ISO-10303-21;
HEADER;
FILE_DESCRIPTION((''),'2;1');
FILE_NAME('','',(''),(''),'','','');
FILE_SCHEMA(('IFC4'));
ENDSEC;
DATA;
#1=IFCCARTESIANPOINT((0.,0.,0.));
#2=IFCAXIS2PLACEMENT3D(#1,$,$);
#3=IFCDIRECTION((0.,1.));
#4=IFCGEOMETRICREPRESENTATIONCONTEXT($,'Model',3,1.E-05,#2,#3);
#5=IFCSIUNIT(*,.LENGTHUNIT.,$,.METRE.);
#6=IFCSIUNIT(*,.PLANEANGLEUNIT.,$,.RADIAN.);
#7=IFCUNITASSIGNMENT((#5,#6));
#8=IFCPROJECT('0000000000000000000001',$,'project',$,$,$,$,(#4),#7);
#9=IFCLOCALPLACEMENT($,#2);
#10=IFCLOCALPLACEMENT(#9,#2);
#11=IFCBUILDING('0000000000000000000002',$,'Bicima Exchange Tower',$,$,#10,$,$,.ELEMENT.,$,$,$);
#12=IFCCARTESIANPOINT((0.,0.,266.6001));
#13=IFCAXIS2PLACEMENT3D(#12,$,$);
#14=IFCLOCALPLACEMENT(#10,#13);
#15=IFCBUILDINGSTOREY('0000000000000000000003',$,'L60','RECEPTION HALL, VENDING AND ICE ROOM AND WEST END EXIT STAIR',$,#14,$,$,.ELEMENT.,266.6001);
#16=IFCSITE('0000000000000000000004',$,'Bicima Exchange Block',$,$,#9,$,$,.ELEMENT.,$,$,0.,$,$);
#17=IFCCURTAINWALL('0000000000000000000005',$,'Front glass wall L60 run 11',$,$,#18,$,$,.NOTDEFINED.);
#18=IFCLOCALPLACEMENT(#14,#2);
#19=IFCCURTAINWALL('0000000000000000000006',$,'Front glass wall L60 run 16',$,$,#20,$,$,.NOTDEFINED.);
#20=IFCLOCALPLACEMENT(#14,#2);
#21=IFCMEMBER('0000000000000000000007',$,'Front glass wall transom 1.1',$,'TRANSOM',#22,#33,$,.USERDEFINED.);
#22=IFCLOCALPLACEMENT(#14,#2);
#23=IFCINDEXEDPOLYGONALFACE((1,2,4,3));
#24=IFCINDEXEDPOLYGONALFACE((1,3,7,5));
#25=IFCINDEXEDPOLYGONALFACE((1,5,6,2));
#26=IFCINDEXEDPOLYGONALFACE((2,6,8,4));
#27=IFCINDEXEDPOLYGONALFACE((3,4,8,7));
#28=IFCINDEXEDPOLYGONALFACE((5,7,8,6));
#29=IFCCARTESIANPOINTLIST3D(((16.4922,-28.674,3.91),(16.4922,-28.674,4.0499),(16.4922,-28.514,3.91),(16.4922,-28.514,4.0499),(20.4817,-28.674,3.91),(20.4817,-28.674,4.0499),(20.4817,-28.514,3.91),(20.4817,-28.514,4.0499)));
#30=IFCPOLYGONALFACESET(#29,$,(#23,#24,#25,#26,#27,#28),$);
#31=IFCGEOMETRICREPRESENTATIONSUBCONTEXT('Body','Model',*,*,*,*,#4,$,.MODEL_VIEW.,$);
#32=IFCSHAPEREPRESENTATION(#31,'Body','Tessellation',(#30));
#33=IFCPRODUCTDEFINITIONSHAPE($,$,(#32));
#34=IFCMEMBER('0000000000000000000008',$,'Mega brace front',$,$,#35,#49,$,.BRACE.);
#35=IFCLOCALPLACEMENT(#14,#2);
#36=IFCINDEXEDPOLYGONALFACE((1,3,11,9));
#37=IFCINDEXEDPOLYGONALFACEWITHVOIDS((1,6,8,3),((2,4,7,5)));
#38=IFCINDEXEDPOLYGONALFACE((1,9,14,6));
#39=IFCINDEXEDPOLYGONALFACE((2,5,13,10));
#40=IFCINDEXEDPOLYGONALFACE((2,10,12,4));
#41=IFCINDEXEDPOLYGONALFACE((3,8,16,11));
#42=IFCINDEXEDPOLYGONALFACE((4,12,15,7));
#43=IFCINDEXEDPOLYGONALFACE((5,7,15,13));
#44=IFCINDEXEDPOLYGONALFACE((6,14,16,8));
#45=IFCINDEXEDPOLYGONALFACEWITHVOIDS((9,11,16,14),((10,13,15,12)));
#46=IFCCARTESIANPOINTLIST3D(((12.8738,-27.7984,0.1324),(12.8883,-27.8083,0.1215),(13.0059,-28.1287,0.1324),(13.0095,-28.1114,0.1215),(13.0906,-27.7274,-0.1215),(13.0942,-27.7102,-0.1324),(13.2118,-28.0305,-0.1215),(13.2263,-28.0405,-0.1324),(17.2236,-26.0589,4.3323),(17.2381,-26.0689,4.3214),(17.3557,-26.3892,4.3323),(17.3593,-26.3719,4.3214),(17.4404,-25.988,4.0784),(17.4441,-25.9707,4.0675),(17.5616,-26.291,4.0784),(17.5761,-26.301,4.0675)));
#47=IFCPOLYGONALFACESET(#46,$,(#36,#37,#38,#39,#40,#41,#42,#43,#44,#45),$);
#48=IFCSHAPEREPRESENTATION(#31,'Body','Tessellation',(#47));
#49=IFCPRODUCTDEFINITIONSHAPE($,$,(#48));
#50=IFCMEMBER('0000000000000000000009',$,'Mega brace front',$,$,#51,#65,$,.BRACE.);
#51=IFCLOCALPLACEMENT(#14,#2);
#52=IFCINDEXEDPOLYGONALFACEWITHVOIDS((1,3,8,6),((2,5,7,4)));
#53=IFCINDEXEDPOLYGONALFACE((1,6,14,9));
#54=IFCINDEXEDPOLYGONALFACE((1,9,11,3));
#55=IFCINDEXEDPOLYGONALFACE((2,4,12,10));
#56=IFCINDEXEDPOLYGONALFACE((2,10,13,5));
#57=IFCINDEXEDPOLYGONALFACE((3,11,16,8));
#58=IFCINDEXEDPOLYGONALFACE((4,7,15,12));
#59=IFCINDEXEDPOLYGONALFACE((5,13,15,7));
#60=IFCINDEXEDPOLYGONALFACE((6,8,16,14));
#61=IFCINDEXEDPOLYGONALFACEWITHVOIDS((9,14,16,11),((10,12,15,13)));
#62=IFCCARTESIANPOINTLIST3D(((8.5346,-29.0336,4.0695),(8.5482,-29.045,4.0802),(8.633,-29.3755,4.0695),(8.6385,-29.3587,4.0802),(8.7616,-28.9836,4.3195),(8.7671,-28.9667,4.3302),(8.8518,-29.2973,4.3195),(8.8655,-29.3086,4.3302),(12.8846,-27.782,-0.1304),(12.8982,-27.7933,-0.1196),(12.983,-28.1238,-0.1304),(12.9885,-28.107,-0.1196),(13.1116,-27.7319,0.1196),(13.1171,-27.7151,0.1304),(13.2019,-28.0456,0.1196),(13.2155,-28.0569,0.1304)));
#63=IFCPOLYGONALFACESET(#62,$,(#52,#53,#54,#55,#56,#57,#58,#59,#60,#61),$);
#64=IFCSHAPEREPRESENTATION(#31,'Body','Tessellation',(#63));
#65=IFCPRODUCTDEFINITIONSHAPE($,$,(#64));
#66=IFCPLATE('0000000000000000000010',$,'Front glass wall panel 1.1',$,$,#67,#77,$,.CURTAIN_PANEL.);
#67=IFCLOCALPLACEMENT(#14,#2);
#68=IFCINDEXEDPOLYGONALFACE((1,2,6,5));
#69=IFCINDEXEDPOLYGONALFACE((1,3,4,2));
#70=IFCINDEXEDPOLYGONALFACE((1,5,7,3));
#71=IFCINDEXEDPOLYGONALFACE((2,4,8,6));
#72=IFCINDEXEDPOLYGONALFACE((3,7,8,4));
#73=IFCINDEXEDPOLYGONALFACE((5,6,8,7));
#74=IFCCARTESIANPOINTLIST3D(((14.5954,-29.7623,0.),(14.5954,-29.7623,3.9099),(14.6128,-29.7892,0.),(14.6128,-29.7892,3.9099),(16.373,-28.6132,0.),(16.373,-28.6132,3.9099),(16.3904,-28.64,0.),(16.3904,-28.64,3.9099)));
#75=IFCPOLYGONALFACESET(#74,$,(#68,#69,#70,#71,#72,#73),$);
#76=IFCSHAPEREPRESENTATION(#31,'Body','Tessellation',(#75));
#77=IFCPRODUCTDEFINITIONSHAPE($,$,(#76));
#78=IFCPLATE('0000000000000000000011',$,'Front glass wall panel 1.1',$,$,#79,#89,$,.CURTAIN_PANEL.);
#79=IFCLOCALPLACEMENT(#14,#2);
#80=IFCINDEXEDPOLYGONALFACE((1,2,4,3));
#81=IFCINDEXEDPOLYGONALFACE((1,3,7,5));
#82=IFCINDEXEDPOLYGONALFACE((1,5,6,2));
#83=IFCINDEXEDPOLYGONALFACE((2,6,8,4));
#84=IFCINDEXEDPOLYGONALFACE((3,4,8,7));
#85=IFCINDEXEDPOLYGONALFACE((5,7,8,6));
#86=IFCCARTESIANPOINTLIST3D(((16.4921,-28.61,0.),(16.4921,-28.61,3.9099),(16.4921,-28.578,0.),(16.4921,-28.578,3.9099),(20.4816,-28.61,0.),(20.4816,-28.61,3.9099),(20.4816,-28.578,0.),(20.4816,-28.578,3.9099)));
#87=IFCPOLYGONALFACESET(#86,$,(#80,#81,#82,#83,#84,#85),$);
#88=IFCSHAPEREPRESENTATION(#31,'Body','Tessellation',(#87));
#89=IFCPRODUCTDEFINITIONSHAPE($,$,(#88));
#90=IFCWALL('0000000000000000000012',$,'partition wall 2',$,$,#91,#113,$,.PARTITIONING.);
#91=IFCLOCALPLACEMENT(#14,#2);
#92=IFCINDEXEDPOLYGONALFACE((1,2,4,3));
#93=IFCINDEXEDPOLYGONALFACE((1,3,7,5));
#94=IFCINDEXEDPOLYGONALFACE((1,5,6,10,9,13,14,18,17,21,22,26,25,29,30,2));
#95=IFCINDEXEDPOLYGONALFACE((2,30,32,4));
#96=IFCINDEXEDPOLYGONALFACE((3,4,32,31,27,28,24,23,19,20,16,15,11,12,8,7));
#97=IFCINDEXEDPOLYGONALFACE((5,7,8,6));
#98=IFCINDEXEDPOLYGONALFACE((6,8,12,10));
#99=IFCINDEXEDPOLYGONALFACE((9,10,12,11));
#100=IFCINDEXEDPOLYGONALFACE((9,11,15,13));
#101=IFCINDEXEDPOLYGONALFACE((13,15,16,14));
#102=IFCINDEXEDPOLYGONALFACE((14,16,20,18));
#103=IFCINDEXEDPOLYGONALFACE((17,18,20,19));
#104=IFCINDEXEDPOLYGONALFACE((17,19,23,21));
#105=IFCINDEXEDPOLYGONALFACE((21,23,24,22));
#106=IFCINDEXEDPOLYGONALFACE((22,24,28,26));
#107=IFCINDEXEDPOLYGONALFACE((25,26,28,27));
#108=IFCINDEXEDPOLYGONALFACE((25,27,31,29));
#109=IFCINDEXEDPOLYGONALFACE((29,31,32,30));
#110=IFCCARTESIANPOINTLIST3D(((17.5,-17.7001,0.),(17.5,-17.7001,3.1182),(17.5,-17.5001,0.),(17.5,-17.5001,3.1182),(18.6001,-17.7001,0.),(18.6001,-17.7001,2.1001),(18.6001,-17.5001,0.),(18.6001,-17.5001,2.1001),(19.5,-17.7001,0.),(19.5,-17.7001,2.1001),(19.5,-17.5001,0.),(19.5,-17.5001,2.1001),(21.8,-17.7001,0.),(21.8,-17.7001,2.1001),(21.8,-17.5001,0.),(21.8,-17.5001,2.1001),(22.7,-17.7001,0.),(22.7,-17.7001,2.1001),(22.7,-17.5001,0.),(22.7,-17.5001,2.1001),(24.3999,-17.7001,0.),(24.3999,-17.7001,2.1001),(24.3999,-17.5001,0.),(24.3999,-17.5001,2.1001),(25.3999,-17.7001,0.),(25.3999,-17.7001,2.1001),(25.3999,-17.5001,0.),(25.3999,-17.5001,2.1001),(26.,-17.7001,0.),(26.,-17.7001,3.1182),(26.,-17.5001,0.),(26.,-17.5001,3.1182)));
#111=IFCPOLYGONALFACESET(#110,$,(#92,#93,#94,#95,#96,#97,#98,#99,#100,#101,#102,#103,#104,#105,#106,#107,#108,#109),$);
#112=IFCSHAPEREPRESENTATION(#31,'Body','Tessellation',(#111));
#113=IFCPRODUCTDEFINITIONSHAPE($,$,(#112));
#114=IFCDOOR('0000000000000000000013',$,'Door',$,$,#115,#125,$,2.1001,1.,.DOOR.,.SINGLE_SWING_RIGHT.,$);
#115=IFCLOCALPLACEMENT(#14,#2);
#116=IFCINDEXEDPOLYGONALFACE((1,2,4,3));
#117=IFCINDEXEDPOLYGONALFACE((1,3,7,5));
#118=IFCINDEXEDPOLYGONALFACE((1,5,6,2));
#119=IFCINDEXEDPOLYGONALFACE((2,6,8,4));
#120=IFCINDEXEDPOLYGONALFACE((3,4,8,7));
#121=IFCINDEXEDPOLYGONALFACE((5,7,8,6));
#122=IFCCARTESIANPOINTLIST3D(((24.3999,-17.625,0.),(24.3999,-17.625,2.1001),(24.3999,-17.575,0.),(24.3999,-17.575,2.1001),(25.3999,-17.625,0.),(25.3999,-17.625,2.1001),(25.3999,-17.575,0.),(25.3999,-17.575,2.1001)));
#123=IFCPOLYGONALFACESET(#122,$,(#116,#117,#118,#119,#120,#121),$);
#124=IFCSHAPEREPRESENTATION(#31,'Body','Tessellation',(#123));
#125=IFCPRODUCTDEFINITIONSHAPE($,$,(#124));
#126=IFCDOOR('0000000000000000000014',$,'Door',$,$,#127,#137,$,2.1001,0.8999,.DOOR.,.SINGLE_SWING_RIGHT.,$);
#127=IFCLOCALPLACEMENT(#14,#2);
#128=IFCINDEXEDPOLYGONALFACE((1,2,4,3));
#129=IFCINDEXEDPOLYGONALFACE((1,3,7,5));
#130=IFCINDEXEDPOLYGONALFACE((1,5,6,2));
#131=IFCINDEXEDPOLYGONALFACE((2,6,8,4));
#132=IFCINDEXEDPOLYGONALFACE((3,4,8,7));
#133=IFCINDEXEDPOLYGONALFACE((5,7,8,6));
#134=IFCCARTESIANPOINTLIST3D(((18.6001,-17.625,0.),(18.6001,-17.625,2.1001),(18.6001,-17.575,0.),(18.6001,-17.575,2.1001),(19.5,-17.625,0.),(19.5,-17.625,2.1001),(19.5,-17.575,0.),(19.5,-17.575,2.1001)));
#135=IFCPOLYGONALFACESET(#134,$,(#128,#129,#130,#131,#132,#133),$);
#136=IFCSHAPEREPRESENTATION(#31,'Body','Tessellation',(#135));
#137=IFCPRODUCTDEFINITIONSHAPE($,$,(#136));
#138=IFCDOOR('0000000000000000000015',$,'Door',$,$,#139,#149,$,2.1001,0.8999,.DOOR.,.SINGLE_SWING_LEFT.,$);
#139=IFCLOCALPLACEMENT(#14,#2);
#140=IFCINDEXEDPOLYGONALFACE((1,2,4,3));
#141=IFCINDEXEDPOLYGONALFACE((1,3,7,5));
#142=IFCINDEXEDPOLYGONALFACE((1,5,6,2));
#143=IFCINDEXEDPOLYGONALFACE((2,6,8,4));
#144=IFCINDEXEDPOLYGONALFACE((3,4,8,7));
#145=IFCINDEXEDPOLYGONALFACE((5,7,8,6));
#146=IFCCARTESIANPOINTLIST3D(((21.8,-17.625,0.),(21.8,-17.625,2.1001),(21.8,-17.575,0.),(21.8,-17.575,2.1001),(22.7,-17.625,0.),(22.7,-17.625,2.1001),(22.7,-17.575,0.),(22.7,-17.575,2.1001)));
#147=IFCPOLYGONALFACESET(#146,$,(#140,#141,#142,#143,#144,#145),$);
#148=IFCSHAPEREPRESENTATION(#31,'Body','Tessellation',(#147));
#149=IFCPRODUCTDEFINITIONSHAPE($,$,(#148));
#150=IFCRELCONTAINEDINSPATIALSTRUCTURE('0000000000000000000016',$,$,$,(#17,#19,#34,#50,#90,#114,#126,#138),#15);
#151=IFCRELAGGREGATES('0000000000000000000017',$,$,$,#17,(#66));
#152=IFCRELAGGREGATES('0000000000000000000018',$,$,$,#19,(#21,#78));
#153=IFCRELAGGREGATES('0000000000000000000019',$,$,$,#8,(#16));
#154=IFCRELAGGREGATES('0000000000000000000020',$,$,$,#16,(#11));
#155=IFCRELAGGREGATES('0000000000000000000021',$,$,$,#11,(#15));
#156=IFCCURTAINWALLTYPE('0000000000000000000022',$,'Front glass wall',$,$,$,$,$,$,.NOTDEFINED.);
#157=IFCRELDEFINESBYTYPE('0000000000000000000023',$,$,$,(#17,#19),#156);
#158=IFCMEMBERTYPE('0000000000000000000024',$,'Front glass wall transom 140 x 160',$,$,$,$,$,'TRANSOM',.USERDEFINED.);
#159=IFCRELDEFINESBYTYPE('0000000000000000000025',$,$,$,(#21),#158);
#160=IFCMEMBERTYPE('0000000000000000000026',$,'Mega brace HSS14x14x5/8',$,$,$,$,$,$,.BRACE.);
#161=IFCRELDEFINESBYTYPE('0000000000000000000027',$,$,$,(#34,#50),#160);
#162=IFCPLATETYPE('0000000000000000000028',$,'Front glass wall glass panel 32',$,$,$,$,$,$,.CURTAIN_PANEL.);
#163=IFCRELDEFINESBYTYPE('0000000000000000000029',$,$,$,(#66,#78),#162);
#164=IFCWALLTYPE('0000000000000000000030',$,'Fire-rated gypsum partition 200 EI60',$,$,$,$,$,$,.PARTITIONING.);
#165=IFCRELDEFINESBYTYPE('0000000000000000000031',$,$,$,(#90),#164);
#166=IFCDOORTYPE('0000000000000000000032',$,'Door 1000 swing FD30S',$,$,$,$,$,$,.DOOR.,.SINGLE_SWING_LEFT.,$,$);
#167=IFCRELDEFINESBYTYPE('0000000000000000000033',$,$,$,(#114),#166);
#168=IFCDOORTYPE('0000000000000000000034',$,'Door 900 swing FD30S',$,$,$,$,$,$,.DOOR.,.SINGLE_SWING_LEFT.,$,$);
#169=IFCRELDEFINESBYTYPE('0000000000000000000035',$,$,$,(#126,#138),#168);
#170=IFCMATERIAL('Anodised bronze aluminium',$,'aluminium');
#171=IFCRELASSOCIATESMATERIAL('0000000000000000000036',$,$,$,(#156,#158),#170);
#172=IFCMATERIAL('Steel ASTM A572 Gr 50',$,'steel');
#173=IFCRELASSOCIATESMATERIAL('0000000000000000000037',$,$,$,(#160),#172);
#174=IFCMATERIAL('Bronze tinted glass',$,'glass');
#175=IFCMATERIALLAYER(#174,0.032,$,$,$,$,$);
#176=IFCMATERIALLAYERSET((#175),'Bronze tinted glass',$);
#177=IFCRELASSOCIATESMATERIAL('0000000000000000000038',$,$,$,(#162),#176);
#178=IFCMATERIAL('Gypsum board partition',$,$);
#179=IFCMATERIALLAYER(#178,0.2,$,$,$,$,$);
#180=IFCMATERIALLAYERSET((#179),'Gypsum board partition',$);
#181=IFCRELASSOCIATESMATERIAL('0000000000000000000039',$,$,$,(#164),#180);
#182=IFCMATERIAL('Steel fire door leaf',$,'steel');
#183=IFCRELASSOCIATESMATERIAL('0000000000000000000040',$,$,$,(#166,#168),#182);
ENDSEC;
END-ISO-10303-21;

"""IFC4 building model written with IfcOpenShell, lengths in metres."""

from ifc_helpers import new_model, si_unit, direction, frame, frame_2d, origin, origin_2d, place, context, subcontext, project, spatial, rectangle, hollow_rectangle, extrude, material, layer, layer_set, material_profile, profile_set, type_object, element, fill, aggregate, save


model = new_model("IFC4")

# Units and contexts
model_context = context("Model", 3, precision=1e-05, world=origin(), true_north=direction((0.0, 1.0)))
body_context = subcontext(model_context, "Body", "Model", "MODEL_VIEW")
ifc_project = project(units=[si_unit("LENGTHUNIT", "METRE"), si_unit("PLANEANGLEUNIT", "RADIAN")], contexts=[model_context])

# Site, building, storey
site_placement = place(None, origin())
site = spatial("IfcSite", under=ifc_project, at=site_placement, Name="Bicima Exchange Block", CompositionType="ELEMENT", RefElevation=0.0)
building_placement = place(site_placement, origin())
building = spatial("IfcBuilding", under=site, at=building_placement, Name="Bicima Exchange Tower", CompositionType="ELEMENT")
storey_placement = place(building_placement, frame((0.0, 0.0, 266.6001)))
storey = spatial("IfcBuildingStorey", under=building, at=storey_placement, Name="L60", Description="RECEPTION HALL, VENDING AND ICE ROOM AND WEST END EXIT STAIR", CompositionType="ELEMENT", Elevation=266.6001)

# Curtain wall
ifc_material_1 = material(Name="Anodised bronze aluminium", Category="aluminium")
curtain_wall_type = type_object("IfcCurtainWallType", Name="Front glass wall", PredefinedType="NOTDEFINED", material=ifc_material_1)
curtain_wall_1_placement = place(storey_placement, origin())
curtain_wall_1 = element("IfcCurtainWall", 1, at=curtain_wall_1_placement, inside=storey, type_object=curtain_wall_type, Name="Front glass wall L60 run 11", PredefinedType="NOTDEFINED")

# Curtain wall
curtain_wall_2_placement = place(storey_placement, origin())
curtain_wall_2 = element("IfcCurtainWall", 2, at=curtain_wall_2_placement, inside=storey, type_object=curtain_wall_type, Name="Front glass wall L60 run 16", PredefinedType="NOTDEFINED")

# Member
ifc_material_profile_1 = material_profile(ifc_material_1, rectangle(XDim=0.1599, YDim=0.1399, at=origin_2d()))
ifc_profile_set_1 = profile_set([ifc_material_profile_1], Name="Anodised bronze aluminium")
member_type_1 = type_object("IfcMemberType", Name="Front glass wall transom 140 x 160", ElementType="TRANSOM", PredefinedType="USERDEFINED", material=ifc_profile_set_1)
member_1_placement = place(storey_placement, frame((16.4922, -28.594, 3.98), z_axis=(1.0, 0.0, 0.0), x_axis=(0.0, 1.0, 0.0)))
member_1 = element("IfcMember", 3, at=member_1_placement, type_object=member_type_1, Name="Front glass wall transom 1.1", ObjectType="TRANSOM", PredefinedType="USERDEFINED", context=body_context, shape_type="SweptSolid", body=[
    extrude(rectangle(XDim=0.1599, YDim=0.1399, at=origin_2d()), origin(), (0.0, 0.0, 1.0), 3.9895),
])

# Members
ifc_material_2 = material(Name="Steel ASTM A572 Gr 50", Category="steel")
ifc_material_profile_2 = material_profile(ifc_material_2, hollow_rectangle(XDim=0.3557, YDim=0.3557, WallThickness=0.0146, at=origin_2d()))
ifc_profile_set_2 = profile_set([ifc_material_profile_2], Name="Steel ASTM A572 Gr 50")
member_type_2 = type_object("IfcMemberType", Name="Mega brace HSS14x14x5/8", PredefinedType="BRACE", material=ifc_profile_set_2)
member_2_placement = place(storey_placement, frame((13.05, -27.9194, 0.0), z_axis=(0.691353, 0.276471, 0.667528), x_axis=(-0.37131, 0.928509, 0.0)))
element("IfcMember", 4, at=member_2_placement, inside=storey, type_object=member_type_2, Name="Mega brace front", PredefinedType="BRACE", context=body_context, shape_type="SweptSolid", body=[
    extrude(hollow_rectangle(XDim=0.3557, YDim=0.3557, WallThickness=0.0146, at=origin_2d()), origin(), (0.0, 0.0, 1.0), 6.2917),
])
member_3_placement = place(storey_placement, frame((13.05, -27.9194, 0.0), z_axis=(-0.704478, -0.202708, 0.680162), x_axis=(0.276523, -0.961007, 0.0)))
element("IfcMember", 5, at=member_3_placement, inside=storey, type_object=member_type_2, Name="Mega brace front", PredefinedType="BRACE", context=body_context, shape_type="SweptSolid", body=[
    extrude(hollow_rectangle(XDim=0.3557, YDim=0.3557, WallThickness=0.0146, at=origin_2d()), origin(), (0.0, 0.0, 1.0), 6.1748),
])

# Plates
ifc_material_3 = material(Name="Bronze tinted glass", Category="glass")
ifc_layer_1 = layer(ifc_material_3, 0.032)
ifc_layer_set_1 = layer_set([ifc_layer_1], Name="Bronze tinted glass")
plate_type = type_object("IfcPlateType", Name="Front glass wall glass panel 32", PredefinedType="CURTAIN_PANEL", material=ifc_layer_set_1)
plate_1_placement = place(storey_placement, frame((15.4929, -29.2012, 0.0), z_axis=(0.0, 0.0, 1.0), x_axis=(0.839791, 0.542909, 0.0)))
plate_1 = element("IfcPlate", 6, at=plate_1_placement, type_object=plate_type, Name="Front glass wall panel 1.1", PredefinedType="CURTAIN_PANEL", context=body_context, shape_type="SweptSolid", body=[
    extrude(rectangle(XDim=2.1167, YDim=0.032, at=origin_2d()), origin(), (0.0, 0.0, 1.0), 3.9099),
])
aggregate(curtain_wall_1, [plate_1])
plate_2_placement = place(storey_placement, frame((18.4868, -28.594, 0.0), z_axis=(0.0, 0.0, 1.0), x_axis=(1.0, 0.0, 0.0)))
plate_2 = element("IfcPlate", 7, at=plate_2_placement, type_object=plate_type, Name="Front glass wall panel 1.1", PredefinedType="CURTAIN_PANEL", context=body_context, shape_type="SweptSolid", body=[
    extrude(rectangle(XDim=3.9895, YDim=0.032, at=origin_2d()), origin(), (0.0, 0.0, 1.0), 3.9099),
])
aggregate(curtain_wall_2, [member_1, plate_2])

# Wall, openings, doors
ifc_material_4 = material(Name="Gypsum board partition")
ifc_layer_2 = layer(ifc_material_4, 0.2)
ifc_layer_set_2 = layer_set([ifc_layer_2], Name="Gypsum board partition")
wall_type_1 = type_object("IfcWallType", Name="Fire-rated gypsum partition 200 EI60", PredefinedType="PARTITIONING", material=ifc_layer_set_2)
wall_1_placement = place(storey_placement, frame((17.5, -17.6001, 0.0), z_axis=(0.0, 0.0, 1.0), x_axis=(1.0, 0.0, 0.0)))
wall_1 = element("IfcWall", 8, at=wall_1_placement, inside=storey, type_object=wall_type_1, Name="partition wall 2", PredefinedType="PARTITIONING", context=body_context, shape_type="SweptSolid", body=[
    extrude(rectangle(XDim=8.5, YDim=0.2, at=frame_2d((4.25, 0.0))), origin(), (0.0, 0.0, 1.0), 3.1182),
])
opening_1_placement = place(wall_1_placement, frame((1.1001, 0.0, 0.0)))
opening_1 = element("IfcOpeningElement", 9, at=opening_1_placement, cuts=wall_1, PredefinedType="OPENING", context=body_context, shape_type="SweptSolid", body=[
    extrude(rectangle(XDim=0.8999, YDim=2.1001, at=frame_2d((0.45, 1.05))), frame((0.0, 0.1118, 0.0), z_axis=(0.0, -1.0, 0.0), x_axis=(1.0, 0.0, 0.0)), (0.0, 0.0, 1.0), 0.2239),
])
opening_2_placement = place(wall_1_placement, frame((4.3, 0.0, 0.0)))
opening_2 = element("IfcOpeningElement", 10, at=opening_2_placement, cuts=wall_1, PredefinedType="OPENING", context=body_context, shape_type="SweptSolid", body=[
    extrude(rectangle(XDim=0.8999, YDim=2.1001, at=frame_2d((0.45, 1.05))), frame((0.0, 0.1118, 0.0), z_axis=(0.0, -1.0, 0.0), x_axis=(1.0, 0.0, 0.0)), (0.0, 0.0, 1.0), 0.2239),
])
opening_3_placement = place(wall_1_placement, frame((6.8999, 0.0, 0.0)))
opening_3 = element("IfcOpeningElement", 11, at=opening_3_placement, cuts=wall_1, PredefinedType="OPENING", context=body_context, shape_type="SweptSolid", body=[
    extrude(rectangle(XDim=1.0, YDim=2.1001, at=frame_2d((0.5, 1.05))), frame((0.0, 0.1118, 0.0), z_axis=(0.0, -1.0, 0.0), x_axis=(1.0, 0.0, 0.0)), (0.0, 0.0, 1.0), 0.2239),
])
ifc_material_5 = material(Name="Steel fire door leaf", Category="steel")
door_type_1 = type_object("IfcDoorType", Name="Door 1000 swing FD30S", OperationType="SINGLE_SWING_LEFT", PredefinedType="DOOR", material=ifc_material_5)
door_1_placement = place(opening_3_placement, frame((1.0, 0.0, 0.0), z_axis=(0.0, 0.0, 1.0), x_axis=(-1.0, 0.0, 0.0)))
door_1 = element("IfcDoor", 12, at=door_1_placement, inside=storey, type_object=door_type_1, Name="Door", OperationType="SINGLE_SWING_RIGHT", OverallHeight=2.1001, OverallWidth=1.0, PredefinedType="DOOR", context=body_context, shape_type="SweptSolid", body=[
    extrude(rectangle(XDim=1.0, YDim=2.1001, at=frame_2d((0.5, 1.05))), frame((0.0, 0.0249, 0.0), z_axis=(0.0, -1.0, 0.0), x_axis=(1.0, 0.0, 0.0)), (0.0, 0.0, 1.0), 0.05),
])
fill(opening_3, door_1)
door_type_2 = type_object("IfcDoorType", Name="Door 900 swing FD30S", OperationType="SINGLE_SWING_LEFT", PredefinedType="DOOR", material=ifc_material_5)
door_2_placement = place(opening_1_placement, frame((0.8999, 0.0, 0.0), z_axis=(0.0, 0.0, 1.0), x_axis=(-1.0, 0.0, 0.0)))
door_2 = element("IfcDoor", 13, at=door_2_placement, inside=storey, type_object=door_type_2, Name="Door", OperationType="SINGLE_SWING_RIGHT", OverallHeight=2.1001, OverallWidth=0.8999, PredefinedType="DOOR", context=body_context, shape_type="SweptSolid", body=[
    extrude(rectangle(XDim=0.8999, YDim=2.1001, at=frame_2d((0.45, 1.05))), frame((0.0, 0.0249, 0.0), z_axis=(0.0, -1.0, 0.0), x_axis=(1.0, 0.0, 0.0)), (0.0, 0.0, 1.0), 0.05),
])
fill(opening_1, door_2)
door_3_placement = place(opening_2_placement, frame((0.8999, 0.0, 0.0), z_axis=(0.0, 0.0, 1.0), x_axis=(-1.0, 0.0, 0.0)))
door_3 = element("IfcDoor", 14, at=door_3_placement, inside=storey, type_object=door_type_2, Name="Door", OperationType="SINGLE_SWING_LEFT", OverallHeight=2.1001, OverallWidth=0.8999, PredefinedType="DOOR", context=body_context, shape_type="SweptSolid", body=[
    extrude(rectangle(XDim=0.8999, YDim=2.1001, at=frame_2d((0.45, 1.05))), frame((0.0, 0.0249, 0.0), z_axis=(0.0, -1.0, 0.0), x_axis=(1.0, 0.0, 0.0)), (0.0, 0.0, 1.0), 0.05),
])
fill(opening_2, door_3)

save(model, "model.ifc")
